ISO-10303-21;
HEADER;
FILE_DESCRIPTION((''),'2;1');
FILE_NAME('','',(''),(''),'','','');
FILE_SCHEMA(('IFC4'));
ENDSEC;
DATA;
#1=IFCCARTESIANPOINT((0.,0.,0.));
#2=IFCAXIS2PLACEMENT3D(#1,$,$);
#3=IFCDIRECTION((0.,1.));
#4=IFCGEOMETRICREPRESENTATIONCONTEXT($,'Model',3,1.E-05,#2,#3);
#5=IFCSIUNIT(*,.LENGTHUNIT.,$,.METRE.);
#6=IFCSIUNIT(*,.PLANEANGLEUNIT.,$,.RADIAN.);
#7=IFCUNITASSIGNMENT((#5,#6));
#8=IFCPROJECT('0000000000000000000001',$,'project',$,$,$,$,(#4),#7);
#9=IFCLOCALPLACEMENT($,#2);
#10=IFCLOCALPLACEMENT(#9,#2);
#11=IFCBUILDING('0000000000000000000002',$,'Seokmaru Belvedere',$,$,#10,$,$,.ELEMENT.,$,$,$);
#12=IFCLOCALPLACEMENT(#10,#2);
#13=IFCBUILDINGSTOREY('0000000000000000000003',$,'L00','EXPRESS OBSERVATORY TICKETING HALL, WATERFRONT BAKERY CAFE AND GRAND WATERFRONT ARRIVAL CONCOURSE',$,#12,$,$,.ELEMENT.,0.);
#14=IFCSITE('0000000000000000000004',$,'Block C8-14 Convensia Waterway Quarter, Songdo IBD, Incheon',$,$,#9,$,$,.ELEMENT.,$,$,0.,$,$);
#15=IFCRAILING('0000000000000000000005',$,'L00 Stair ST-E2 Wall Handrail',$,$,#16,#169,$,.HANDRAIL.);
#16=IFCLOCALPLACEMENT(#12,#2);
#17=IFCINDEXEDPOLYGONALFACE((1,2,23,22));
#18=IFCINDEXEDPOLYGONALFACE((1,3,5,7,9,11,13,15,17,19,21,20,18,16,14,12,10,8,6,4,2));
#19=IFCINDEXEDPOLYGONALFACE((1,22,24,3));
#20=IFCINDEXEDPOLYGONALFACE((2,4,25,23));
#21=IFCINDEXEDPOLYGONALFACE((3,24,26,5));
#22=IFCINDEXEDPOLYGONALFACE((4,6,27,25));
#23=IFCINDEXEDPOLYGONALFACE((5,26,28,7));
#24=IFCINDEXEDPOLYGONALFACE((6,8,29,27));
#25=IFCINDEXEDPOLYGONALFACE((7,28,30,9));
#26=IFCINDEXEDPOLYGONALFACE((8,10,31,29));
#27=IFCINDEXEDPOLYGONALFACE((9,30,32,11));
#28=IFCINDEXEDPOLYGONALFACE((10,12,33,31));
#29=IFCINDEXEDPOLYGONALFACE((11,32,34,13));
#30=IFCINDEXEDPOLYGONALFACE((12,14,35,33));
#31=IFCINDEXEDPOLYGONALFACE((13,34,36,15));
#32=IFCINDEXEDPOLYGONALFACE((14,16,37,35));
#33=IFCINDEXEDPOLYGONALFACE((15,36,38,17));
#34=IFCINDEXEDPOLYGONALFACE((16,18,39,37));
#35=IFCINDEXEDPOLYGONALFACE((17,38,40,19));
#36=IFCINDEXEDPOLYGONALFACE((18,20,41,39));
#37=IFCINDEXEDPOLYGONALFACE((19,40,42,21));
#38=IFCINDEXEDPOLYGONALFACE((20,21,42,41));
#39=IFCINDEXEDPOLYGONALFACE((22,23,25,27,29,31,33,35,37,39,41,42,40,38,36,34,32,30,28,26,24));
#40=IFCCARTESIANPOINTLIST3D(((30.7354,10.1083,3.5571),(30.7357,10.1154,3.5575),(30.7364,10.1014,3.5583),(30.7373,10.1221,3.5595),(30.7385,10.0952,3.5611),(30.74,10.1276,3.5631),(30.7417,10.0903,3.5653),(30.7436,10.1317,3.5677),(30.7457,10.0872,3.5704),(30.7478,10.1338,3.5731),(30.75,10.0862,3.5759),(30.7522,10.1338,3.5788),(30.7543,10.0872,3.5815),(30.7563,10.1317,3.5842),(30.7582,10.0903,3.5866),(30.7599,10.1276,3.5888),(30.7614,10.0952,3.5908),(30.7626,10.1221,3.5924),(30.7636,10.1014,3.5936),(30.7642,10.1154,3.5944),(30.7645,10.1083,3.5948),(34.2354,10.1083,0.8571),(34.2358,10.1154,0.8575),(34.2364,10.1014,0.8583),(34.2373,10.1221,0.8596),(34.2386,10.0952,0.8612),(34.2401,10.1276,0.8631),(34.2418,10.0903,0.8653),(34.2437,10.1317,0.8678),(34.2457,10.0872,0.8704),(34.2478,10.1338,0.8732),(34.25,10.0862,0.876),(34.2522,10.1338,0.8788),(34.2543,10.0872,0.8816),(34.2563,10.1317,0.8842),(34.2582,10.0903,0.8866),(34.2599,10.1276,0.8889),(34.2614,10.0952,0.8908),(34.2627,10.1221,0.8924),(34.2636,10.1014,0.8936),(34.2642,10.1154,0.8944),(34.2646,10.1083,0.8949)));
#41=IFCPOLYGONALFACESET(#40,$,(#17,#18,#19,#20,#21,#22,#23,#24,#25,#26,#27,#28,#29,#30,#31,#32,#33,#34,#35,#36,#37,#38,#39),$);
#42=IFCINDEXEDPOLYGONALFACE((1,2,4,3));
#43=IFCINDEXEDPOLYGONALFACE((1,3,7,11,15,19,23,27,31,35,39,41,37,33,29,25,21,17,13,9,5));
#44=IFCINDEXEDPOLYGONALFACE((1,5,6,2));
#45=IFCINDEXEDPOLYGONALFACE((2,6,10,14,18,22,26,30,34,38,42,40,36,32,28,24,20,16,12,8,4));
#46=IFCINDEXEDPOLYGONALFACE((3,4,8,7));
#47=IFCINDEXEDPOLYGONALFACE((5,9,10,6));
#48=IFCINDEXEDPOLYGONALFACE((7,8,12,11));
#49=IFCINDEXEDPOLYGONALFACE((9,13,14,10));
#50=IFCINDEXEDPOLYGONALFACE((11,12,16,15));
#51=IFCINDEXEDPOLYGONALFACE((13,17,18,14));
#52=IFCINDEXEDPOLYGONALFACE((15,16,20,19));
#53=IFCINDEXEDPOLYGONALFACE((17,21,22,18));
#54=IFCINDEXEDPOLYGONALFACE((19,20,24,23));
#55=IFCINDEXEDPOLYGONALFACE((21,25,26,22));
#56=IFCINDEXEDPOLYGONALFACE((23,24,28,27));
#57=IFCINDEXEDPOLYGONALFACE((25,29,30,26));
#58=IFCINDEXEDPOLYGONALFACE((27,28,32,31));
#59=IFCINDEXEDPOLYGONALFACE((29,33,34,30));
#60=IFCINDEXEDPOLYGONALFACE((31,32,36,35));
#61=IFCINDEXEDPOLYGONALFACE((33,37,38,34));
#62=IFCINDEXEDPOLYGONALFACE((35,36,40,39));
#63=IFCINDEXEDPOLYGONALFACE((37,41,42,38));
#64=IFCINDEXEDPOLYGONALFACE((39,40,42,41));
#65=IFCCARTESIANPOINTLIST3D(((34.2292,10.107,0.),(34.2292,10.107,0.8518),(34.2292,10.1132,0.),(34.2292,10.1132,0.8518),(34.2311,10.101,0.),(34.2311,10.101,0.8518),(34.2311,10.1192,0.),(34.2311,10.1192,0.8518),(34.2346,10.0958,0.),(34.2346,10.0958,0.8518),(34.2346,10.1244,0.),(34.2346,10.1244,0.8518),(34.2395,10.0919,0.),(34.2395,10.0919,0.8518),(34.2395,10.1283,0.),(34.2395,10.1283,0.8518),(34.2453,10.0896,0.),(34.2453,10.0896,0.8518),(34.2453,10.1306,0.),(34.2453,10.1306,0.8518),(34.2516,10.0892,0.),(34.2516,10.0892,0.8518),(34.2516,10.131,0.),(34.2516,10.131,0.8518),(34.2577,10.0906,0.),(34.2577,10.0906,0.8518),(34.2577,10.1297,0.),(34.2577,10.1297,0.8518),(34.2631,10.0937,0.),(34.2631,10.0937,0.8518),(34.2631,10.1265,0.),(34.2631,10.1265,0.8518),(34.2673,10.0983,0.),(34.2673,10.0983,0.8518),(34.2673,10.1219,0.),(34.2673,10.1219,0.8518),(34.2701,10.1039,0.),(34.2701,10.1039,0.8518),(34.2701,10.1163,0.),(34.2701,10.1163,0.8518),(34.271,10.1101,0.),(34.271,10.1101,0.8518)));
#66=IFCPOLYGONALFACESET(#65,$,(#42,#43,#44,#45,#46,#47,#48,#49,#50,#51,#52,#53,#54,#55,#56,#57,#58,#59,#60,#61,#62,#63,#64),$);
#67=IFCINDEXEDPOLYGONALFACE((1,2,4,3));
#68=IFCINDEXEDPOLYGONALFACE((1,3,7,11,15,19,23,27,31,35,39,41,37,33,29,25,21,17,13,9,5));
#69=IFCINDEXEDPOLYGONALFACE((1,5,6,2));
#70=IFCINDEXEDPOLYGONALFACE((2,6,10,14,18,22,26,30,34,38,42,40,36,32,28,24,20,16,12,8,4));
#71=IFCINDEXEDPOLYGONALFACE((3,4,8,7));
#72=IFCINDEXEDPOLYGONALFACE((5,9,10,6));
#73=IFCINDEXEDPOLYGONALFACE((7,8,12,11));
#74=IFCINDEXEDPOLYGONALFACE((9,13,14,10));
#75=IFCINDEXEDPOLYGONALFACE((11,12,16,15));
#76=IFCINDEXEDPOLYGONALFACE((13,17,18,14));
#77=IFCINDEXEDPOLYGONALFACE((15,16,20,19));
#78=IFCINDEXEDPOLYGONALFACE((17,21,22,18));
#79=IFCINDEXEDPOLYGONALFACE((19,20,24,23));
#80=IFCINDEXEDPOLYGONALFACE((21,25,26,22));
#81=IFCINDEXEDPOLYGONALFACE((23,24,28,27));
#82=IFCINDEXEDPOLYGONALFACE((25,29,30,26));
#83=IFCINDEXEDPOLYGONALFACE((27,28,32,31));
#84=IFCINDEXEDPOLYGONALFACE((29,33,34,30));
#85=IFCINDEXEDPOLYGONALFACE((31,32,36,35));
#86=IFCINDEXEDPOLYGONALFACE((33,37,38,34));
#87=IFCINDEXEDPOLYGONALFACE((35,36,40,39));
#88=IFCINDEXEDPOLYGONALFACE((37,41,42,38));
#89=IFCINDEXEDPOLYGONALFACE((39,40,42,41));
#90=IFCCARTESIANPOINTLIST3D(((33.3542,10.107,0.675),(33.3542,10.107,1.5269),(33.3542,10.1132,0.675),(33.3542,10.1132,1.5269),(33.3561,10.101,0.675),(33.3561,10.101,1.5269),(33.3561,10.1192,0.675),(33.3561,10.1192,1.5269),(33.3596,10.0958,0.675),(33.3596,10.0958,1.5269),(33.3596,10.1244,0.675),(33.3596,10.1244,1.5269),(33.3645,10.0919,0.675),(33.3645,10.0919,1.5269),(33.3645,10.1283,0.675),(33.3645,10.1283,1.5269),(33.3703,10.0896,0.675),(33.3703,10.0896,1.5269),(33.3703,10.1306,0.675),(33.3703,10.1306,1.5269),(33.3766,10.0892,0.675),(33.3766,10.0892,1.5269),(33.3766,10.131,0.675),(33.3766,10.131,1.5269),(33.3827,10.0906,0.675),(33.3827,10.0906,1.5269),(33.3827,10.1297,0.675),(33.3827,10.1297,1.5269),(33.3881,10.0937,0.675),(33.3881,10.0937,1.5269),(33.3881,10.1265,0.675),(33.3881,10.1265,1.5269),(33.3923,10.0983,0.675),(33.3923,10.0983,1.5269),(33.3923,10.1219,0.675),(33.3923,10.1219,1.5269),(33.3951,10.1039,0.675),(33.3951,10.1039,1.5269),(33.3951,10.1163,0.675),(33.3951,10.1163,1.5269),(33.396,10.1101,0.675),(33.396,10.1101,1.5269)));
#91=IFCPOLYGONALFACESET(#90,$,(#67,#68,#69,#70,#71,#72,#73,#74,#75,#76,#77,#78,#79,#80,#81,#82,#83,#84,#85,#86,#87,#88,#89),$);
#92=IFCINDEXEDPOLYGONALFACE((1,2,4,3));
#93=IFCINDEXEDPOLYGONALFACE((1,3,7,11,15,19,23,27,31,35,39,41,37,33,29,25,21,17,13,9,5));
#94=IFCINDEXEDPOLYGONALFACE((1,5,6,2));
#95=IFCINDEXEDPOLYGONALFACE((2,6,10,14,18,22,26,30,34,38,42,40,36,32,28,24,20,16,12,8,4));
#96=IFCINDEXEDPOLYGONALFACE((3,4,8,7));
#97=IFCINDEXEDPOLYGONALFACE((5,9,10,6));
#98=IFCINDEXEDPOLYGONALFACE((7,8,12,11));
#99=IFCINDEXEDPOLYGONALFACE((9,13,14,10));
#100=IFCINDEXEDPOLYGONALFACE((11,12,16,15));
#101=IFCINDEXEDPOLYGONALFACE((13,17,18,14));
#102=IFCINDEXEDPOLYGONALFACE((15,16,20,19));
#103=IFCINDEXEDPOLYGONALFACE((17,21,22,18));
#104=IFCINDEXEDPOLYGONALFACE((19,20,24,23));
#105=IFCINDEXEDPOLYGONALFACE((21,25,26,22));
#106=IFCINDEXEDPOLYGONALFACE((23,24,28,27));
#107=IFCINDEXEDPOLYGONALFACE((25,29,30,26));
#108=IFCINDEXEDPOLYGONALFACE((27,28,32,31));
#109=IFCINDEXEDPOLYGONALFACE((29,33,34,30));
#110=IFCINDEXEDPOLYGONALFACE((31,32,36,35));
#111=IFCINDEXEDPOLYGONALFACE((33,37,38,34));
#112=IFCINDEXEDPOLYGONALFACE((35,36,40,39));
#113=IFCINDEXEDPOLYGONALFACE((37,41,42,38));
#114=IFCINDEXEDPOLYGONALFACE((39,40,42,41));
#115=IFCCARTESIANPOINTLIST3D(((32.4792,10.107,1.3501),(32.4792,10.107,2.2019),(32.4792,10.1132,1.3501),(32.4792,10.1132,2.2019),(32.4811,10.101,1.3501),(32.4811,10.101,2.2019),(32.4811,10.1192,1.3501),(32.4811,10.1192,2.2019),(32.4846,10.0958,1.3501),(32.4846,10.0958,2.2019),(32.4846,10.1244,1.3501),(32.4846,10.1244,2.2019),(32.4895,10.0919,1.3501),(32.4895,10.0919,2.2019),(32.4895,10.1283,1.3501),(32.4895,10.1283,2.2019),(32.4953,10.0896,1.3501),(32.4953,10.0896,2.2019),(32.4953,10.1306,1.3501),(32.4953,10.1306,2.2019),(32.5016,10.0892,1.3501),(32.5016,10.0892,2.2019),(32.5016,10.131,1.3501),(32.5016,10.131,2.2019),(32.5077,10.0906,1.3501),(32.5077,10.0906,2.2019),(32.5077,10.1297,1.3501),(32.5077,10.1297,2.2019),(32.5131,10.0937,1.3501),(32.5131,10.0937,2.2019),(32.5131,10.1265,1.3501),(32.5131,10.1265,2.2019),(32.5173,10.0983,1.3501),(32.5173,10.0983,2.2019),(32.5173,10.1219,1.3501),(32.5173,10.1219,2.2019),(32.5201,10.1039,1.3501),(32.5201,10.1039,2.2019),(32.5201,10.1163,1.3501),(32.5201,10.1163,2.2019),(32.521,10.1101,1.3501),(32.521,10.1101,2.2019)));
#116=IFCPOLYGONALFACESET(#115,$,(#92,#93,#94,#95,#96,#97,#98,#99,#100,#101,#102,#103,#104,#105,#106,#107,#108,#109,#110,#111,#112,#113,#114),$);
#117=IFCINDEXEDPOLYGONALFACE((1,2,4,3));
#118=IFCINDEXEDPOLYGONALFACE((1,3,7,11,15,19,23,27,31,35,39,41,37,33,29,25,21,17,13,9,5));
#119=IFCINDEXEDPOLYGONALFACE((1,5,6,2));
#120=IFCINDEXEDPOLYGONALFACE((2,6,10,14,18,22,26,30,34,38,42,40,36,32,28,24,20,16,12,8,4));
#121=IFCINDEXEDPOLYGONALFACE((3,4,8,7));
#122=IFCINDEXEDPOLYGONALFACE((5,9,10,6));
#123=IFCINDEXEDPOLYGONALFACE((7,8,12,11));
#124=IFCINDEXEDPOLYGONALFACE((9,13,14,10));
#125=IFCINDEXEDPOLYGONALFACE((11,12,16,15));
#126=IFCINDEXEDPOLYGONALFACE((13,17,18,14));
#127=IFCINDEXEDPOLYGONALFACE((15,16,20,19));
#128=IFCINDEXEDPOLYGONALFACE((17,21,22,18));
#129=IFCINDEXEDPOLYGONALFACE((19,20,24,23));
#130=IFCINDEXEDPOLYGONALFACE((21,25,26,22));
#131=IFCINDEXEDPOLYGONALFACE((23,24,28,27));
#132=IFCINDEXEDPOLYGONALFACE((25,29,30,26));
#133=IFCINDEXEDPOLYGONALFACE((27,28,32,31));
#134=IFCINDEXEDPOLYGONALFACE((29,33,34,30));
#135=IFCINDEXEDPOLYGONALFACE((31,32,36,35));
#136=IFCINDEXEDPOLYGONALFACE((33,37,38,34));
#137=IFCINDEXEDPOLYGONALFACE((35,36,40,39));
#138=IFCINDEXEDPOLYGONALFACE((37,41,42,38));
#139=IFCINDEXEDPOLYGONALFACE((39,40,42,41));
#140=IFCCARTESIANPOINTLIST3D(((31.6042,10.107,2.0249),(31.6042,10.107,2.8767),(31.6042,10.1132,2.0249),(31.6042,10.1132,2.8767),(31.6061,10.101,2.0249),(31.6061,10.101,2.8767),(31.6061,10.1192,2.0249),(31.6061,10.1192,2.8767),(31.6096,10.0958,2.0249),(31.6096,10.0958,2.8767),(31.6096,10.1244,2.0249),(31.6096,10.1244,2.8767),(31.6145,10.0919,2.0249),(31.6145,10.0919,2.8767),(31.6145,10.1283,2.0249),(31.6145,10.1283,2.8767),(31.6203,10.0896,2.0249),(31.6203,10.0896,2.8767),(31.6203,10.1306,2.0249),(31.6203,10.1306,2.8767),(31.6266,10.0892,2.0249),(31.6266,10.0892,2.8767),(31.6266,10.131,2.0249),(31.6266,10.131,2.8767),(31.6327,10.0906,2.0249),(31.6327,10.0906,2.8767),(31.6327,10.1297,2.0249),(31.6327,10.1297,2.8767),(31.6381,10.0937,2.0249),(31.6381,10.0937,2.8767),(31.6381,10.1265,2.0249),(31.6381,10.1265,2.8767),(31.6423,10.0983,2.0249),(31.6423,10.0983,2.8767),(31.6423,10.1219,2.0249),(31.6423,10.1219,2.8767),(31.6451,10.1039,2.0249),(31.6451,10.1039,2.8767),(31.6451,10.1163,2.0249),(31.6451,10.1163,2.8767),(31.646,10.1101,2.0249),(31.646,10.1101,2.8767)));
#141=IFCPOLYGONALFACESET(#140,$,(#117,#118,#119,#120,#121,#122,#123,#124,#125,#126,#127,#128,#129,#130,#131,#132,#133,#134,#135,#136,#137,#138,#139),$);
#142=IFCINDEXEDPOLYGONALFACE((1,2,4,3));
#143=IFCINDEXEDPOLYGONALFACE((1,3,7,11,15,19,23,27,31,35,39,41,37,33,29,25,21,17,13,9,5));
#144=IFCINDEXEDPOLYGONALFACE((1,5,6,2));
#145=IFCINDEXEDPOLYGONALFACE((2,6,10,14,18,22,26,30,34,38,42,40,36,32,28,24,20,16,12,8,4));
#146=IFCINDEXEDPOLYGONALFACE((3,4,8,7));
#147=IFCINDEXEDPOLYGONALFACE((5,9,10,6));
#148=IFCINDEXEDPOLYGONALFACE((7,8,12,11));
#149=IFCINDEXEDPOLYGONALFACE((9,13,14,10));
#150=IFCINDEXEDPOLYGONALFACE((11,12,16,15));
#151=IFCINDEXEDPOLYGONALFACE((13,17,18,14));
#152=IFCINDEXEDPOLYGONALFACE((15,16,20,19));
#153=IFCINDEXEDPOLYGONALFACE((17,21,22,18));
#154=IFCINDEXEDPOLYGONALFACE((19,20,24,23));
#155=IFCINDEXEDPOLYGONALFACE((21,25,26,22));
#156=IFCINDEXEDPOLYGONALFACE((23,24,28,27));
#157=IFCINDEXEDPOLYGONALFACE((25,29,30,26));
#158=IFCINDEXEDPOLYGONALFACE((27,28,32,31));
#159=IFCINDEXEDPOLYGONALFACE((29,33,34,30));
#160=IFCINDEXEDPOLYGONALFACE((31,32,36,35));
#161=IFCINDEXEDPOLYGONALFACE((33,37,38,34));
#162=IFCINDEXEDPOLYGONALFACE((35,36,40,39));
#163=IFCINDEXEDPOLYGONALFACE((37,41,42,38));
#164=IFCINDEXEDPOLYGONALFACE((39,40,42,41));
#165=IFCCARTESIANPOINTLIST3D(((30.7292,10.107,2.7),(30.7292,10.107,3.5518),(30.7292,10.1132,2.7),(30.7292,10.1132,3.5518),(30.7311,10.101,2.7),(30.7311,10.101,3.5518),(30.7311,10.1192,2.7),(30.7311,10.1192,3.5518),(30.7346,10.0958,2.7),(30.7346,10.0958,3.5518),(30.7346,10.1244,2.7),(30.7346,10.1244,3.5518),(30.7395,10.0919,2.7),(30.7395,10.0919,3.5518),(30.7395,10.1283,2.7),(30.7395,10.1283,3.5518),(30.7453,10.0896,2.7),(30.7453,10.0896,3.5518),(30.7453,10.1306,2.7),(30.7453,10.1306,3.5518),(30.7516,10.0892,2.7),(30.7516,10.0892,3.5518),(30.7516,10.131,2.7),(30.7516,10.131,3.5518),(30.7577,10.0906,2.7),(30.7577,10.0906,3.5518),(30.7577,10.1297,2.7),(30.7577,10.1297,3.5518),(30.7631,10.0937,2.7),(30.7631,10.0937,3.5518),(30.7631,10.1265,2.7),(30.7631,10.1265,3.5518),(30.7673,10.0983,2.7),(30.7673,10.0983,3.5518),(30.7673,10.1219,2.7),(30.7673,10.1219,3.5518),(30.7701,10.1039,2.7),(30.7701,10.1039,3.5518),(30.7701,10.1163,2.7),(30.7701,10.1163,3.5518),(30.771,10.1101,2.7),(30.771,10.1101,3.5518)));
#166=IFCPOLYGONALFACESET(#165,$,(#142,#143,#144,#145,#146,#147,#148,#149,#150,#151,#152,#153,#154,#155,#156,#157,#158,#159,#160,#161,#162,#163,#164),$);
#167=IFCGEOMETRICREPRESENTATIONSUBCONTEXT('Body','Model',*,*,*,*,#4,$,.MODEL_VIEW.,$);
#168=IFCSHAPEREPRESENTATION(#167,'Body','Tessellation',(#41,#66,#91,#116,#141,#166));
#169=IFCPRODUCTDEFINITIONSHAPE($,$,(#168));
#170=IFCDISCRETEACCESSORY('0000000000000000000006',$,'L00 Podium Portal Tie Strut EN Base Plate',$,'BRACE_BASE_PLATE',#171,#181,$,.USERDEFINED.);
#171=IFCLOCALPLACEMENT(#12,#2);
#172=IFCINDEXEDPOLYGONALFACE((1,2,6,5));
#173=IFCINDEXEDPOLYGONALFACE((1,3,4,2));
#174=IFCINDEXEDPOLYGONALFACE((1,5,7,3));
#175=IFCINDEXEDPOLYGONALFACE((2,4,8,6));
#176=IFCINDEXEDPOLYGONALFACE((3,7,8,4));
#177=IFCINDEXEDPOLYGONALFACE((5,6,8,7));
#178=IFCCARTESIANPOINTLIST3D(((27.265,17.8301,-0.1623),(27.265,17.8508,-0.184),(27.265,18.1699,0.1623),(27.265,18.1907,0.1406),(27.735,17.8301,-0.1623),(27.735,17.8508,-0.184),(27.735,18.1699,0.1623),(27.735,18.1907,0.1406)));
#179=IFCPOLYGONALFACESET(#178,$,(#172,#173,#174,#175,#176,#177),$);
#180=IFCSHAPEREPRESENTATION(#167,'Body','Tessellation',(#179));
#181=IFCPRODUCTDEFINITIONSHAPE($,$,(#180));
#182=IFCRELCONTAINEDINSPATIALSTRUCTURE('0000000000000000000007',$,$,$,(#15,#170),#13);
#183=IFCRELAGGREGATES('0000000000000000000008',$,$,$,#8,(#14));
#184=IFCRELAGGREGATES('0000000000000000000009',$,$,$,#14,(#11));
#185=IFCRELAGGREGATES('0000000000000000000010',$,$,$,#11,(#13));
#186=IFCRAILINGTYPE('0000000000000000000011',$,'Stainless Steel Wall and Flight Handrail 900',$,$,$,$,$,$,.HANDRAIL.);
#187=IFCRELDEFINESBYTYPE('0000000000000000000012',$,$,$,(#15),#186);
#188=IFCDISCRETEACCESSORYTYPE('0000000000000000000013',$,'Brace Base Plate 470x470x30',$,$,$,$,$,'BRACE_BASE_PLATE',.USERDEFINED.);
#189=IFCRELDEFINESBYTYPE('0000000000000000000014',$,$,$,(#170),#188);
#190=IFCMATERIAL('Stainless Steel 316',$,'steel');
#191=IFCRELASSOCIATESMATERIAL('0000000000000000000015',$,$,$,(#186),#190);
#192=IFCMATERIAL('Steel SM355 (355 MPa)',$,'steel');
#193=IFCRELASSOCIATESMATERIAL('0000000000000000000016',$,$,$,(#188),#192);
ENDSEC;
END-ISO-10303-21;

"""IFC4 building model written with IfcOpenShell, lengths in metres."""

from ifc_helpers import new_model, si_unit, direction, frame, origin, origin_2d, place, context, subcontext, project, spatial, rectangle, circle, extrude, material, type_object, element, save


model = new_model("IFC4")

# Units and contexts
model_context = context("Model", 3, precision=1e-05, world=origin(), true_north=direction((0.0, 1.0)))
body_context = subcontext(model_context, "Body", "Model", "MODEL_VIEW")
ifc_project = project(units=[si_unit("LENGTHUNIT", "METRE"), si_unit("PLANEANGLEUNIT", "RADIAN")], contexts=[model_context])

# Site, building, storey
site_placement = place(None, origin())
site = spatial("IfcSite", under=ifc_project, at=site_placement, Name="Block C8-14 Convensia Waterway Quarter, Songdo IBD, Incheon", CompositionType="ELEMENT", RefElevation=0.0)
building_placement = place(site_placement, origin())
building = spatial("IfcBuilding", under=site, at=building_placement, Name="Seokmaru Belvedere", CompositionType="ELEMENT")
storey_placement = place(building_placement, origin())
storey = spatial("IfcBuildingStorey", under=building, at=storey_placement, Name="L00", Description="EXPRESS OBSERVATORY TICKETING HALL, WATERFRONT BAKERY CAFE AND GRAND WATERFRONT ARRIVAL CONCOURSE", CompositionType="ELEMENT", Elevation=0.0)

# Shared definitions
ifc_material_1 = material(Name="Steel SM355 (355 MPa)", Category="steel")

# Railing
ifc_material_2 = material(Name="Stainless Steel 316", Category="steel")
railing_type_1 = type_object("IfcRailingType", Name="Stainless Steel Wall and Flight Handrail 900", PredefinedType="HANDRAIL", material=ifc_material_2)
railing_1_placement = place(storey_placement, frame((34.25, 10.1101, 0.0)))
element("IfcRailing", 1, at=railing_1_placement, inside=storey, type_object=railing_type_1, Name="L00 Stair ST-E2 Wall Handrail", PredefinedType="HANDRAIL", context=body_context, shape_type="SweptSolid", body=[
    extrude(circle(Radius=0.0239, at=origin_2d()), frame((0.0, 0.0, 0.876), z_axis=(-0.791788, 0.0, 0.610797), x_axis=(0.0, -1.0, 0.0)), (0.0, 0.0, 1.0), 4.4204),
    extrude(circle(Radius=0.021, at=origin_2d()), origin(), (0.0, 0.0, 1.0), 0.8518),
    extrude(circle(Radius=0.021, at=origin_2d()), frame((-0.875, 0.0, 0.675)), (0.0, 0.0, 1.0), 0.8518),
    extrude(circle(Radius=0.021, at=origin_2d()), frame((-1.75, 0.0, 1.3501)), (0.0, 0.0, 1.0), 0.8518),
    extrude(circle(Radius=0.021, at=origin_2d()), frame((-2.625, 0.0, 2.0249)), (0.0, 0.0, 1.0), 0.8518),
    extrude(circle(Radius=0.021, at=origin_2d()), frame((-3.5, 0.0, 2.7)), (0.0, 0.0, 1.0), 0.8518),
])

# Discrete accessory
discrete_accessory_type = type_object("IfcDiscreteAccessoryType", Name="Brace Base Plate 470x470x30", ElementType="BRACE_BASE_PLATE", PredefinedType="USERDEFINED", material=ifc_material_1)
discrete_accessory_placement = place(storey_placement, frame((27.5, 18.0, 0.0), z_axis=(0.0, 0.690669, -0.723171), x_axis=(-1.0, 0.0, 0.0)))
element("IfcDiscreteAccessory", 2, at=discrete_accessory_placement, inside=storey, type_object=discrete_accessory_type, Name="L00 Podium Portal Tie Strut EN Base Plate", ObjectType="BRACE_BASE_PLATE", PredefinedType="USERDEFINED", context=body_context, shape_type="SweptSolid", body=[
    extrude(rectangle(XDim=0.47, YDim=0.47, at=origin_2d()), origin(), (0.0, 0.0, 1.0), 0.03),
])

save(model, "model.ifc")
